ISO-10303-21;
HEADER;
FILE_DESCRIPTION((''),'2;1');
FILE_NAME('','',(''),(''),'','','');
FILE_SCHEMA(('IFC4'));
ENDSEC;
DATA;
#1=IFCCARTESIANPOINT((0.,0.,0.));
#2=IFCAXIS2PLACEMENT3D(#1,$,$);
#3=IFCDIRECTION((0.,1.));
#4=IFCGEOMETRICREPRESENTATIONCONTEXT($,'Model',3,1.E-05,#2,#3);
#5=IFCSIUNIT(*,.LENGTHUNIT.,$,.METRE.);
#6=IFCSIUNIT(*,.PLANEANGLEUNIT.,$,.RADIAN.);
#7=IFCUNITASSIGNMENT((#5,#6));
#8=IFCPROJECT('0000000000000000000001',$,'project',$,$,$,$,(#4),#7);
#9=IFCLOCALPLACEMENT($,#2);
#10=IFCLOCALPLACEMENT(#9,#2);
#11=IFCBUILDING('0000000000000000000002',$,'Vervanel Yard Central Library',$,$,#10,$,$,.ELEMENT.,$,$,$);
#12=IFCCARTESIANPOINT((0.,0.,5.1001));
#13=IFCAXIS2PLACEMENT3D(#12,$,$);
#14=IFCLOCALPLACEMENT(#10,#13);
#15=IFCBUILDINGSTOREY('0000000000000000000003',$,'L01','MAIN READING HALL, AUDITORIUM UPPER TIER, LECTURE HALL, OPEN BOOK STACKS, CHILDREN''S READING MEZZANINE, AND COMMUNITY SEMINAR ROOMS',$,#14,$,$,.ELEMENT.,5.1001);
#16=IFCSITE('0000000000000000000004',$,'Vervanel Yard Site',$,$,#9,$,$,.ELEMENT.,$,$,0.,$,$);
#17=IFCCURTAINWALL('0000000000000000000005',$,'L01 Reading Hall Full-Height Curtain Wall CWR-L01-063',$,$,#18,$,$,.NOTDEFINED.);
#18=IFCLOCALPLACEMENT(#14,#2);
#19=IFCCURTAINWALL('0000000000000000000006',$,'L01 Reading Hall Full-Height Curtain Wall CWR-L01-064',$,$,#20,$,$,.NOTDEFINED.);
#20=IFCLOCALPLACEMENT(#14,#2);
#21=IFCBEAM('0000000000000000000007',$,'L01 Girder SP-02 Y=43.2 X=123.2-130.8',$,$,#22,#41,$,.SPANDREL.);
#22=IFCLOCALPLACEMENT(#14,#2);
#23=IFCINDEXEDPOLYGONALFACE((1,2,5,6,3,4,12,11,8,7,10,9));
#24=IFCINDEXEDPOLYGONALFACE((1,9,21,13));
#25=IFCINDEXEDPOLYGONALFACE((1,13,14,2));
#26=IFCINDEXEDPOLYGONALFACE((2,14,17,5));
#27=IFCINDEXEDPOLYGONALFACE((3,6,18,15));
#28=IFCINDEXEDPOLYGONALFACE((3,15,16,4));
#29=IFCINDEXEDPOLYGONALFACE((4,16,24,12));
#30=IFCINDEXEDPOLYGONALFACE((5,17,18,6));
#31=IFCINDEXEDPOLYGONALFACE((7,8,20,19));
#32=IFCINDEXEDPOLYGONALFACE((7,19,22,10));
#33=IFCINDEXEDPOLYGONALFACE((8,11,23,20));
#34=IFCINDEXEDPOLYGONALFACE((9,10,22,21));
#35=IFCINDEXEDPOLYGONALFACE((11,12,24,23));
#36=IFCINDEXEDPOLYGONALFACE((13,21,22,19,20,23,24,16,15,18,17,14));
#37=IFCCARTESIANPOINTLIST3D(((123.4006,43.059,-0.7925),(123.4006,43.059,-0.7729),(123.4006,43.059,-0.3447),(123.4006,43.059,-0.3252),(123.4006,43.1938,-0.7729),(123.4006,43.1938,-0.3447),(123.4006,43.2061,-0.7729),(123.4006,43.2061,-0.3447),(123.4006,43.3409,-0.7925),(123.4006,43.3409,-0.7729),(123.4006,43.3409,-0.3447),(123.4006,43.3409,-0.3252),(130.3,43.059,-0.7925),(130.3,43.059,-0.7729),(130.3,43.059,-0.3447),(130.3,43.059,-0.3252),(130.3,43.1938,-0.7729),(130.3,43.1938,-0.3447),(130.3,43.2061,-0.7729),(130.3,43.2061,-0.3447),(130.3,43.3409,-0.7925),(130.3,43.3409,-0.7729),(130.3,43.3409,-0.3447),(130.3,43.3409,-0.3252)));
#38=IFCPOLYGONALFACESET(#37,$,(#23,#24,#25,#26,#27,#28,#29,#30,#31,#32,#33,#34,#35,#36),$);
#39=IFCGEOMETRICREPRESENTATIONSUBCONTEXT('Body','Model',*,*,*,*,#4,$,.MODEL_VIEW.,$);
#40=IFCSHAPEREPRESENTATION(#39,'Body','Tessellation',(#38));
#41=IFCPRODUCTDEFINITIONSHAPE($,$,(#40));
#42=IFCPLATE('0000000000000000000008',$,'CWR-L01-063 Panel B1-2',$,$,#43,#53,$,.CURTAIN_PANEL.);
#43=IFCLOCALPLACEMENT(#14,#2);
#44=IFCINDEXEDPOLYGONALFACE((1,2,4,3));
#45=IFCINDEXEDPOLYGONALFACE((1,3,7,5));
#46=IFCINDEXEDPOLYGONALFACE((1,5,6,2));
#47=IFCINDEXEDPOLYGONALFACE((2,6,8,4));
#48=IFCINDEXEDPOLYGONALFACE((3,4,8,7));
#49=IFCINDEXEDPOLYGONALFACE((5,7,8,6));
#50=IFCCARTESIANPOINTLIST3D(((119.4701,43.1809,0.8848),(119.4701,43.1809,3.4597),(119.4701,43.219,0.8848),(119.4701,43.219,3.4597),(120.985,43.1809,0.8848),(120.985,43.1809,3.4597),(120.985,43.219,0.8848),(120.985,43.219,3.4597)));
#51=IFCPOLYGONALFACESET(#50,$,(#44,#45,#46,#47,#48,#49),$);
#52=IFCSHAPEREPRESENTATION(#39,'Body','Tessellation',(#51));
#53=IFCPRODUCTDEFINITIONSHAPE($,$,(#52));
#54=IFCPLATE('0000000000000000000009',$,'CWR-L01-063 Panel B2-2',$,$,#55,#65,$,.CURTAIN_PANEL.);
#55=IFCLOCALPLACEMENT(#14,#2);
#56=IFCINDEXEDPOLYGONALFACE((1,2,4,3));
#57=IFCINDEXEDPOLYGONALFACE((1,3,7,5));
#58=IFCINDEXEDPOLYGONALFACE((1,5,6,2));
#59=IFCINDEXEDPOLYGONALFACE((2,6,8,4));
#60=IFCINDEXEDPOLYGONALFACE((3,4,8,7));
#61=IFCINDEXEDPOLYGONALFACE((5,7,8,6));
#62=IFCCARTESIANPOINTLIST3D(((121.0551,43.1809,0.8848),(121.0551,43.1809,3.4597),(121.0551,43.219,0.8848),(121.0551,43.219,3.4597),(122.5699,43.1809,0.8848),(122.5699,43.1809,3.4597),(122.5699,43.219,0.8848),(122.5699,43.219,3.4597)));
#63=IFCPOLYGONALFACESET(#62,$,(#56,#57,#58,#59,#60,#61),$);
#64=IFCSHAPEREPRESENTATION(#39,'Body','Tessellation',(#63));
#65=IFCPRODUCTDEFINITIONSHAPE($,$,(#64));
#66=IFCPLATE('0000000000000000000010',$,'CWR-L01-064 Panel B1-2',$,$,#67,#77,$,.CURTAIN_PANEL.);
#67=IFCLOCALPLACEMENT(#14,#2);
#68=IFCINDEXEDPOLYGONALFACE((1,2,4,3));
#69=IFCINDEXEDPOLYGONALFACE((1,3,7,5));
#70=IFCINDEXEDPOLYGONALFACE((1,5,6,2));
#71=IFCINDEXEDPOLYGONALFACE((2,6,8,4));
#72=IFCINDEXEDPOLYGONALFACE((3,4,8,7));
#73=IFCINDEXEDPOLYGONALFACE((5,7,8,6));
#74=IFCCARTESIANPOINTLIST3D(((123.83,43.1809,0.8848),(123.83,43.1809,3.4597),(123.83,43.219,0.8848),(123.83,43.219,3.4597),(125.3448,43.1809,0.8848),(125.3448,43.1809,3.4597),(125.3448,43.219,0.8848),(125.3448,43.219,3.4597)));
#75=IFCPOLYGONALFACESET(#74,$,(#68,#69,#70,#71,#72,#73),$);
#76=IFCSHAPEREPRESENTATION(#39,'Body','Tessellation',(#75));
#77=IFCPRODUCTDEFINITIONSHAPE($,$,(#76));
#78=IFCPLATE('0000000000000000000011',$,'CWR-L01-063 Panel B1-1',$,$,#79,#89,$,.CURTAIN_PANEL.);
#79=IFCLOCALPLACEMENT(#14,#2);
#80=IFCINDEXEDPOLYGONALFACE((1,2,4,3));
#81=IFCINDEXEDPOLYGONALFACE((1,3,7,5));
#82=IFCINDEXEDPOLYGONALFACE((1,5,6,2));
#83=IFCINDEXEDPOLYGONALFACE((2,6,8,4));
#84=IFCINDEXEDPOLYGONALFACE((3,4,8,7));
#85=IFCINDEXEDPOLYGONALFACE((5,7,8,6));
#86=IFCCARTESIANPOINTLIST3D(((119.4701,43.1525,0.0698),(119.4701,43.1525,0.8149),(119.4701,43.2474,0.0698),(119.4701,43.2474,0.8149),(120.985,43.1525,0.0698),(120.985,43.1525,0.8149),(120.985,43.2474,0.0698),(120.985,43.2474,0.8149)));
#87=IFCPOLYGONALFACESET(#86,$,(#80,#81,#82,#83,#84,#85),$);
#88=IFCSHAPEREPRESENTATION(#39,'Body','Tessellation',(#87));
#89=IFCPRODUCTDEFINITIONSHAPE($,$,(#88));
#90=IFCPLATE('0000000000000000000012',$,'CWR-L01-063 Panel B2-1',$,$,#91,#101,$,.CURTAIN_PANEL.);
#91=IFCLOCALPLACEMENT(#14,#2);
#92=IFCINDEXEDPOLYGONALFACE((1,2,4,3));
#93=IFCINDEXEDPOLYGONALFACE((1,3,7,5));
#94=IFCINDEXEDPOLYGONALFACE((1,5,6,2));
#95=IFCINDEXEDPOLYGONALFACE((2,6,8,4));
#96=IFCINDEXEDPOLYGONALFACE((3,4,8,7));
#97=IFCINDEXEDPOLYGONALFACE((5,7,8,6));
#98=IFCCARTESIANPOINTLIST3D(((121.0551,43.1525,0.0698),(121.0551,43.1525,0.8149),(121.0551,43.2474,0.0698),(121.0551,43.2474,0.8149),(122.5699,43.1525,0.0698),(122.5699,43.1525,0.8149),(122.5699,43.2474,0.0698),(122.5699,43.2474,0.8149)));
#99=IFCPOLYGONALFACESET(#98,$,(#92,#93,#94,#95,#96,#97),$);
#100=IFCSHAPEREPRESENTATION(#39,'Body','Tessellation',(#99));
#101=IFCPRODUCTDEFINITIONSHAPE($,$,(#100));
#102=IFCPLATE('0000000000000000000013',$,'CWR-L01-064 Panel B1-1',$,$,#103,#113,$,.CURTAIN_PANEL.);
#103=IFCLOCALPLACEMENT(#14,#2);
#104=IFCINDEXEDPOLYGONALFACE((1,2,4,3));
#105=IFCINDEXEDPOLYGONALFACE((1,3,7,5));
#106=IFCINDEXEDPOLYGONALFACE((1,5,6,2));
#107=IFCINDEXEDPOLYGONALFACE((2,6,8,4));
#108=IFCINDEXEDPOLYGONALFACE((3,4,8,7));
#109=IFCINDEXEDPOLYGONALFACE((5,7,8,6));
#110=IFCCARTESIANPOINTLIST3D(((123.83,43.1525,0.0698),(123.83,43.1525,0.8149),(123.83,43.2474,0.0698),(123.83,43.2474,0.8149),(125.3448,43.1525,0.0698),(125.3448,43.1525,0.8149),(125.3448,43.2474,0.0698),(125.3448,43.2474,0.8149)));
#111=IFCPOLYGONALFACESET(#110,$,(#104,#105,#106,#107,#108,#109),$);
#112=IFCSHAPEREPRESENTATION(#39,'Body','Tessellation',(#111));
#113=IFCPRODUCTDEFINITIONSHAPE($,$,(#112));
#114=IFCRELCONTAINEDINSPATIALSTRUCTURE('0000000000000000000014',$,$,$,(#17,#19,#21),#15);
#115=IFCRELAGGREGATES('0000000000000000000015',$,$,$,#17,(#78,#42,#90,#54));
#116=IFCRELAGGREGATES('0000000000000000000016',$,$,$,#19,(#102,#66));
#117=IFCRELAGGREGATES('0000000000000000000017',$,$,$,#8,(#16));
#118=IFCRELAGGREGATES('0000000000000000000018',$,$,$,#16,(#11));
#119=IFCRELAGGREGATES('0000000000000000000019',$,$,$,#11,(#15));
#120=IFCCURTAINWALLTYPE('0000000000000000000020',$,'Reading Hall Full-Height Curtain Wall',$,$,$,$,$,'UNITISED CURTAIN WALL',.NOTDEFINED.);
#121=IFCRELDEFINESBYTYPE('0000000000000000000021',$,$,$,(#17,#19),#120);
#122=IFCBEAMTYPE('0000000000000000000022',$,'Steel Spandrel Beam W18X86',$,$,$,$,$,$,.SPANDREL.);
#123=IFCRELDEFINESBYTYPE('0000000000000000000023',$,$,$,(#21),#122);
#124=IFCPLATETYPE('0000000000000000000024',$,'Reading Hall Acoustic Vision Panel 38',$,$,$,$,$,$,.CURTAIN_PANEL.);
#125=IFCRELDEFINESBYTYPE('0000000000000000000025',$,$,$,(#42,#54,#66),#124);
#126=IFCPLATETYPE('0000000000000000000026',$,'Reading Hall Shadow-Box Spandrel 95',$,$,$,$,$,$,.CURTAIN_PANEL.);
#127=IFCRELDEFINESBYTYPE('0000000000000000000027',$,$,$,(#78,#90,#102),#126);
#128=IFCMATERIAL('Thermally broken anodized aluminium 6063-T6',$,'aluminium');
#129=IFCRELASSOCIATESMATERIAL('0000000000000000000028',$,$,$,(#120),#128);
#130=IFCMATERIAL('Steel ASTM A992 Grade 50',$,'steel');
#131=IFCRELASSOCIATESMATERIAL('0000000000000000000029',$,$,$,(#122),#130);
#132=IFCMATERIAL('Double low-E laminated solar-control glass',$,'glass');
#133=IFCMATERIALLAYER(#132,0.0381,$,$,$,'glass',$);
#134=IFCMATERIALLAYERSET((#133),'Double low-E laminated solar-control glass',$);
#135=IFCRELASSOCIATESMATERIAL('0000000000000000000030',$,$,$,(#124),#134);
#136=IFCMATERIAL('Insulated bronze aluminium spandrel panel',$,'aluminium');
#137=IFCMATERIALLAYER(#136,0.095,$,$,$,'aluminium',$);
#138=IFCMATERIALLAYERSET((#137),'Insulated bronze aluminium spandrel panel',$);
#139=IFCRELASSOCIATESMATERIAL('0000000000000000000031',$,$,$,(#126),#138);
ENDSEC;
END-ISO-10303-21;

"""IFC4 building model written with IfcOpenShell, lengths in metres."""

from ifc_helpers import new_model, si_unit, direction, frame, origin, origin_2d, place, context, subcontext, project, spatial, rectangle, i_section, extrude, material, layer, layer_set, material_profile, profile_set, type_object, element, aggregate, save


model = new_model("IFC4")

# Units and contexts
model_context = context("Model", 3, precision=1e-05, world=origin(), true_north=direction((0.0, 1.0)))
body_context = subcontext(model_context, "Body", "Model", "MODEL_VIEW")
ifc_project = project(units=[si_unit("LENGTHUNIT", "METRE"), si_unit("PLANEANGLEUNIT", "RADIAN")], contexts=[model_context])

# Site, building, storey
site_placement = place(None, origin())
site = spatial("IfcSite", under=ifc_project, at=site_placement, Name="Vervanel Yard Site", CompositionType="ELEMENT", RefElevation=0.0)
building_placement = place(site_placement, origin())
building = spatial("IfcBuilding", under=site, at=building_placement, Name="Vervanel Yard Central Library", CompositionType="ELEMENT")
storey_placement = place(building_placement, frame((0.0, 0.0, 5.1001)))
storey = spatial("IfcBuildingStorey", under=building, at=storey_placement, Name="L01", Description="MAIN READING HALL, AUDITORIUM UPPER TIER, LECTURE HALL, OPEN BOOK STACKS, CHILDREN'S READING MEZZANINE, AND COMMUNITY SEMINAR ROOMS", CompositionType="ELEMENT", Elevation=5.1001)

# Shared definitions
ifc_material_1 = material(Name="Steel ASTM A992 Grade 50", Category="steel")

# Curtain wall
ifc_material_2 = material(Name="Thermally broken anodized aluminium 6063-T6", Category="aluminium")
curtain_wall_type = type_object("IfcCurtainWallType", Name="Reading Hall Full-Height Curtain Wall", ElementType="UNITISED CURTAIN WALL", PredefinedType="NOTDEFINED", material=ifc_material_2)
curtain_wall_1_placement = place(storey_placement, origin())
curtain_wall_1 = element("IfcCurtainWall", 1, at=curtain_wall_1_placement, inside=storey, type_object=curtain_wall_type, Name="L01 Reading Hall Full-Height Curtain Wall CWR-L01-063", PredefinedType="NOTDEFINED")

# Curtain wall
curtain_wall_2_placement = place(storey_placement, origin())
curtain_wall_2 = element("IfcCurtainWall", 2, at=curtain_wall_2_placement, inside=storey, type_object=curtain_wall_type, Name="L01 Reading Hall Full-Height Curtain Wall CWR-L01-064", PredefinedType="NOTDEFINED")

# Beam
ifc_material_profile_1 = material_profile(ifc_material_1, i_section(OverallWidth=0.282, OverallDepth=0.4673, WebThickness=0.0122, FlangeThickness=0.0195, at=origin_2d()), Name="W18X86", Category="steel")
ifc_profile_set_1 = profile_set([ifc_material_profile_1], Name="Steel ASTM A992 Grade 50")
beam_type = type_object("IfcBeamType", Name="Steel Spandrel Beam W18X86", PredefinedType="SPANDREL", material=ifc_profile_set_1)
beam_placement = place(storey_placement, frame((123.4006, 43.2, -0.5588), z_axis=(1.0, 0.0, 0.0), x_axis=(0.0, 1.0, 0.0)))
element("IfcBeam", 3, at=beam_placement, inside=storey, type_object=beam_type, Name="L01 Girder SP-02 Y=43.2 X=123.2-130.8", PredefinedType="SPANDREL", context=body_context, shape_type="SweptSolid", body=[
    extrude(i_section(OverallWidth=0.282, OverallDepth=0.4673, WebThickness=0.0122, FlangeThickness=0.0195, at=origin_2d()), origin(), (0.0, 0.0, 1.0), 6.8994),
])

# Plates
ifc_material_3 = material(Name="Double low-E laminated solar-control glass", Category="glass")
ifc_layer_1 = layer(ifc_material_3, 0.0381, Category="glass")
ifc_layer_set_1 = layer_set([ifc_layer_1], Name="Double low-E laminated solar-control glass")
plate_type_1 = type_object("IfcPlateType", Name="Reading Hall Acoustic Vision Panel 38", PredefinedType="CURTAIN_PANEL", material=ifc_layer_set_1)
plate_1_placement = place(storey_placement, frame((120.2275, 43.2, 0.8848), z_axis=(0.0, 0.0, 1.0), x_axis=(1.0, 0.0, 0.0)))
plate_1 = element("IfcPlate", 4, at=plate_1_placement, type_object=plate_type_1, Name="CWR-L01-063 Panel B1-2", PredefinedType="CURTAIN_PANEL", context=body_context, shape_type="SweptSolid", body=[
    extrude(rectangle(XDim=1.5149, YDim=0.0381, at=origin_2d()), origin(), (0.0, 0.0, 1.0), 2.575),
])
plate_2_placement = place(storey_placement, frame((121.8125, 43.2, 0.8848), z_axis=(0.0, 0.0, 1.0), x_axis=(1.0, 0.0, 0.0)))
plate_2 = element("IfcPlate", 5, at=plate_2_placement, type_object=plate_type_1, Name="CWR-L01-063 Panel B2-2", PredefinedType="CURTAIN_PANEL", context=body_context, shape_type="SweptSolid", body=[
    extrude(rectangle(XDim=1.5149, YDim=0.0381, at=origin_2d()), origin(), (0.0, 0.0, 1.0), 2.575),
])
plate_3_placement = place(storey_placement, frame((124.5874, 43.2, 0.8848), z_axis=(0.0, 0.0, 1.0), x_axis=(1.0, 0.0, 0.0)))
plate_3 = element("IfcPlate", 6, at=plate_3_placement, type_object=plate_type_1, Name="CWR-L01-064 Panel B1-2", PredefinedType="CURTAIN_PANEL", context=body_context, shape_type="SweptSolid", body=[
    extrude(rectangle(XDim=1.5149, YDim=0.0381, at=origin_2d()), origin(), (0.0, 0.0, 1.0), 2.575),
])
ifc_material_4 = material(Name="Insulated bronze aluminium spandrel panel", Category="aluminium")
ifc_layer_2 = layer(ifc_material_4, 0.095, Category="aluminium")
ifc_layer_set_2 = layer_set([ifc_layer_2], Name="Insulated bronze aluminium spandrel panel")
plate_type_2 = type_object("IfcPlateType", Name="Reading Hall Shadow-Box Spandrel 95", PredefinedType="CURTAIN_PANEL", material=ifc_layer_set_2)
plate_4_placement = place(storey_placement, frame((120.2275, 43.2, 0.0698), z_axis=(0.0, 0.0, 1.0), x_axis=(1.0, 0.0, 0.0)))
plate_4 = element("IfcPlate", 7, at=plate_4_placement, type_object=plate_type_2, Name="CWR-L01-063 Panel B1-1", PredefinedType="CURTAIN_PANEL", context=body_context, shape_type="SweptSolid", body=[
    extrude(rectangle(XDim=1.5149, YDim=0.095, at=origin_2d()), origin(), (0.0, 0.0, 1.0), 0.7451),
])
plate_5_placement = place(storey_placement, frame((121.8125, 43.2, 0.0698), z_axis=(0.0, 0.0, 1.0), x_axis=(1.0, 0.0, 0.0)))
plate_5 = element("IfcPlate", 8, at=plate_5_placement, type_object=plate_type_2, Name="CWR-L01-063 Panel B2-1", PredefinedType="CURTAIN_PANEL", context=body_context, shape_type="SweptSolid", body=[
    extrude(rectangle(XDim=1.5149, YDim=0.095, at=origin_2d()), origin(), (0.0, 0.0, 1.0), 0.7451),
])
aggregate(curtain_wall_1, [plate_4, plate_1, plate_5, plate_2])
plate_6_placement = place(storey_placement, frame((124.5874, 43.2, 0.0698), z_axis=(0.0, 0.0, 1.0), x_axis=(1.0, 0.0, 0.0)))
plate_6 = element("IfcPlate", 9, at=plate_6_placement, type_object=plate_type_2, Name="CWR-L01-064 Panel B1-1", PredefinedType="CURTAIN_PANEL", context=body_context, shape_type="SweptSolid", body=[
    extrude(rectangle(XDim=1.5149, YDim=0.095, at=origin_2d()), origin(), (0.0, 0.0, 1.0), 0.7451),
])
aggregate(curtain_wall_2, [plate_6, plate_3])

save(model, "model.ifc")
